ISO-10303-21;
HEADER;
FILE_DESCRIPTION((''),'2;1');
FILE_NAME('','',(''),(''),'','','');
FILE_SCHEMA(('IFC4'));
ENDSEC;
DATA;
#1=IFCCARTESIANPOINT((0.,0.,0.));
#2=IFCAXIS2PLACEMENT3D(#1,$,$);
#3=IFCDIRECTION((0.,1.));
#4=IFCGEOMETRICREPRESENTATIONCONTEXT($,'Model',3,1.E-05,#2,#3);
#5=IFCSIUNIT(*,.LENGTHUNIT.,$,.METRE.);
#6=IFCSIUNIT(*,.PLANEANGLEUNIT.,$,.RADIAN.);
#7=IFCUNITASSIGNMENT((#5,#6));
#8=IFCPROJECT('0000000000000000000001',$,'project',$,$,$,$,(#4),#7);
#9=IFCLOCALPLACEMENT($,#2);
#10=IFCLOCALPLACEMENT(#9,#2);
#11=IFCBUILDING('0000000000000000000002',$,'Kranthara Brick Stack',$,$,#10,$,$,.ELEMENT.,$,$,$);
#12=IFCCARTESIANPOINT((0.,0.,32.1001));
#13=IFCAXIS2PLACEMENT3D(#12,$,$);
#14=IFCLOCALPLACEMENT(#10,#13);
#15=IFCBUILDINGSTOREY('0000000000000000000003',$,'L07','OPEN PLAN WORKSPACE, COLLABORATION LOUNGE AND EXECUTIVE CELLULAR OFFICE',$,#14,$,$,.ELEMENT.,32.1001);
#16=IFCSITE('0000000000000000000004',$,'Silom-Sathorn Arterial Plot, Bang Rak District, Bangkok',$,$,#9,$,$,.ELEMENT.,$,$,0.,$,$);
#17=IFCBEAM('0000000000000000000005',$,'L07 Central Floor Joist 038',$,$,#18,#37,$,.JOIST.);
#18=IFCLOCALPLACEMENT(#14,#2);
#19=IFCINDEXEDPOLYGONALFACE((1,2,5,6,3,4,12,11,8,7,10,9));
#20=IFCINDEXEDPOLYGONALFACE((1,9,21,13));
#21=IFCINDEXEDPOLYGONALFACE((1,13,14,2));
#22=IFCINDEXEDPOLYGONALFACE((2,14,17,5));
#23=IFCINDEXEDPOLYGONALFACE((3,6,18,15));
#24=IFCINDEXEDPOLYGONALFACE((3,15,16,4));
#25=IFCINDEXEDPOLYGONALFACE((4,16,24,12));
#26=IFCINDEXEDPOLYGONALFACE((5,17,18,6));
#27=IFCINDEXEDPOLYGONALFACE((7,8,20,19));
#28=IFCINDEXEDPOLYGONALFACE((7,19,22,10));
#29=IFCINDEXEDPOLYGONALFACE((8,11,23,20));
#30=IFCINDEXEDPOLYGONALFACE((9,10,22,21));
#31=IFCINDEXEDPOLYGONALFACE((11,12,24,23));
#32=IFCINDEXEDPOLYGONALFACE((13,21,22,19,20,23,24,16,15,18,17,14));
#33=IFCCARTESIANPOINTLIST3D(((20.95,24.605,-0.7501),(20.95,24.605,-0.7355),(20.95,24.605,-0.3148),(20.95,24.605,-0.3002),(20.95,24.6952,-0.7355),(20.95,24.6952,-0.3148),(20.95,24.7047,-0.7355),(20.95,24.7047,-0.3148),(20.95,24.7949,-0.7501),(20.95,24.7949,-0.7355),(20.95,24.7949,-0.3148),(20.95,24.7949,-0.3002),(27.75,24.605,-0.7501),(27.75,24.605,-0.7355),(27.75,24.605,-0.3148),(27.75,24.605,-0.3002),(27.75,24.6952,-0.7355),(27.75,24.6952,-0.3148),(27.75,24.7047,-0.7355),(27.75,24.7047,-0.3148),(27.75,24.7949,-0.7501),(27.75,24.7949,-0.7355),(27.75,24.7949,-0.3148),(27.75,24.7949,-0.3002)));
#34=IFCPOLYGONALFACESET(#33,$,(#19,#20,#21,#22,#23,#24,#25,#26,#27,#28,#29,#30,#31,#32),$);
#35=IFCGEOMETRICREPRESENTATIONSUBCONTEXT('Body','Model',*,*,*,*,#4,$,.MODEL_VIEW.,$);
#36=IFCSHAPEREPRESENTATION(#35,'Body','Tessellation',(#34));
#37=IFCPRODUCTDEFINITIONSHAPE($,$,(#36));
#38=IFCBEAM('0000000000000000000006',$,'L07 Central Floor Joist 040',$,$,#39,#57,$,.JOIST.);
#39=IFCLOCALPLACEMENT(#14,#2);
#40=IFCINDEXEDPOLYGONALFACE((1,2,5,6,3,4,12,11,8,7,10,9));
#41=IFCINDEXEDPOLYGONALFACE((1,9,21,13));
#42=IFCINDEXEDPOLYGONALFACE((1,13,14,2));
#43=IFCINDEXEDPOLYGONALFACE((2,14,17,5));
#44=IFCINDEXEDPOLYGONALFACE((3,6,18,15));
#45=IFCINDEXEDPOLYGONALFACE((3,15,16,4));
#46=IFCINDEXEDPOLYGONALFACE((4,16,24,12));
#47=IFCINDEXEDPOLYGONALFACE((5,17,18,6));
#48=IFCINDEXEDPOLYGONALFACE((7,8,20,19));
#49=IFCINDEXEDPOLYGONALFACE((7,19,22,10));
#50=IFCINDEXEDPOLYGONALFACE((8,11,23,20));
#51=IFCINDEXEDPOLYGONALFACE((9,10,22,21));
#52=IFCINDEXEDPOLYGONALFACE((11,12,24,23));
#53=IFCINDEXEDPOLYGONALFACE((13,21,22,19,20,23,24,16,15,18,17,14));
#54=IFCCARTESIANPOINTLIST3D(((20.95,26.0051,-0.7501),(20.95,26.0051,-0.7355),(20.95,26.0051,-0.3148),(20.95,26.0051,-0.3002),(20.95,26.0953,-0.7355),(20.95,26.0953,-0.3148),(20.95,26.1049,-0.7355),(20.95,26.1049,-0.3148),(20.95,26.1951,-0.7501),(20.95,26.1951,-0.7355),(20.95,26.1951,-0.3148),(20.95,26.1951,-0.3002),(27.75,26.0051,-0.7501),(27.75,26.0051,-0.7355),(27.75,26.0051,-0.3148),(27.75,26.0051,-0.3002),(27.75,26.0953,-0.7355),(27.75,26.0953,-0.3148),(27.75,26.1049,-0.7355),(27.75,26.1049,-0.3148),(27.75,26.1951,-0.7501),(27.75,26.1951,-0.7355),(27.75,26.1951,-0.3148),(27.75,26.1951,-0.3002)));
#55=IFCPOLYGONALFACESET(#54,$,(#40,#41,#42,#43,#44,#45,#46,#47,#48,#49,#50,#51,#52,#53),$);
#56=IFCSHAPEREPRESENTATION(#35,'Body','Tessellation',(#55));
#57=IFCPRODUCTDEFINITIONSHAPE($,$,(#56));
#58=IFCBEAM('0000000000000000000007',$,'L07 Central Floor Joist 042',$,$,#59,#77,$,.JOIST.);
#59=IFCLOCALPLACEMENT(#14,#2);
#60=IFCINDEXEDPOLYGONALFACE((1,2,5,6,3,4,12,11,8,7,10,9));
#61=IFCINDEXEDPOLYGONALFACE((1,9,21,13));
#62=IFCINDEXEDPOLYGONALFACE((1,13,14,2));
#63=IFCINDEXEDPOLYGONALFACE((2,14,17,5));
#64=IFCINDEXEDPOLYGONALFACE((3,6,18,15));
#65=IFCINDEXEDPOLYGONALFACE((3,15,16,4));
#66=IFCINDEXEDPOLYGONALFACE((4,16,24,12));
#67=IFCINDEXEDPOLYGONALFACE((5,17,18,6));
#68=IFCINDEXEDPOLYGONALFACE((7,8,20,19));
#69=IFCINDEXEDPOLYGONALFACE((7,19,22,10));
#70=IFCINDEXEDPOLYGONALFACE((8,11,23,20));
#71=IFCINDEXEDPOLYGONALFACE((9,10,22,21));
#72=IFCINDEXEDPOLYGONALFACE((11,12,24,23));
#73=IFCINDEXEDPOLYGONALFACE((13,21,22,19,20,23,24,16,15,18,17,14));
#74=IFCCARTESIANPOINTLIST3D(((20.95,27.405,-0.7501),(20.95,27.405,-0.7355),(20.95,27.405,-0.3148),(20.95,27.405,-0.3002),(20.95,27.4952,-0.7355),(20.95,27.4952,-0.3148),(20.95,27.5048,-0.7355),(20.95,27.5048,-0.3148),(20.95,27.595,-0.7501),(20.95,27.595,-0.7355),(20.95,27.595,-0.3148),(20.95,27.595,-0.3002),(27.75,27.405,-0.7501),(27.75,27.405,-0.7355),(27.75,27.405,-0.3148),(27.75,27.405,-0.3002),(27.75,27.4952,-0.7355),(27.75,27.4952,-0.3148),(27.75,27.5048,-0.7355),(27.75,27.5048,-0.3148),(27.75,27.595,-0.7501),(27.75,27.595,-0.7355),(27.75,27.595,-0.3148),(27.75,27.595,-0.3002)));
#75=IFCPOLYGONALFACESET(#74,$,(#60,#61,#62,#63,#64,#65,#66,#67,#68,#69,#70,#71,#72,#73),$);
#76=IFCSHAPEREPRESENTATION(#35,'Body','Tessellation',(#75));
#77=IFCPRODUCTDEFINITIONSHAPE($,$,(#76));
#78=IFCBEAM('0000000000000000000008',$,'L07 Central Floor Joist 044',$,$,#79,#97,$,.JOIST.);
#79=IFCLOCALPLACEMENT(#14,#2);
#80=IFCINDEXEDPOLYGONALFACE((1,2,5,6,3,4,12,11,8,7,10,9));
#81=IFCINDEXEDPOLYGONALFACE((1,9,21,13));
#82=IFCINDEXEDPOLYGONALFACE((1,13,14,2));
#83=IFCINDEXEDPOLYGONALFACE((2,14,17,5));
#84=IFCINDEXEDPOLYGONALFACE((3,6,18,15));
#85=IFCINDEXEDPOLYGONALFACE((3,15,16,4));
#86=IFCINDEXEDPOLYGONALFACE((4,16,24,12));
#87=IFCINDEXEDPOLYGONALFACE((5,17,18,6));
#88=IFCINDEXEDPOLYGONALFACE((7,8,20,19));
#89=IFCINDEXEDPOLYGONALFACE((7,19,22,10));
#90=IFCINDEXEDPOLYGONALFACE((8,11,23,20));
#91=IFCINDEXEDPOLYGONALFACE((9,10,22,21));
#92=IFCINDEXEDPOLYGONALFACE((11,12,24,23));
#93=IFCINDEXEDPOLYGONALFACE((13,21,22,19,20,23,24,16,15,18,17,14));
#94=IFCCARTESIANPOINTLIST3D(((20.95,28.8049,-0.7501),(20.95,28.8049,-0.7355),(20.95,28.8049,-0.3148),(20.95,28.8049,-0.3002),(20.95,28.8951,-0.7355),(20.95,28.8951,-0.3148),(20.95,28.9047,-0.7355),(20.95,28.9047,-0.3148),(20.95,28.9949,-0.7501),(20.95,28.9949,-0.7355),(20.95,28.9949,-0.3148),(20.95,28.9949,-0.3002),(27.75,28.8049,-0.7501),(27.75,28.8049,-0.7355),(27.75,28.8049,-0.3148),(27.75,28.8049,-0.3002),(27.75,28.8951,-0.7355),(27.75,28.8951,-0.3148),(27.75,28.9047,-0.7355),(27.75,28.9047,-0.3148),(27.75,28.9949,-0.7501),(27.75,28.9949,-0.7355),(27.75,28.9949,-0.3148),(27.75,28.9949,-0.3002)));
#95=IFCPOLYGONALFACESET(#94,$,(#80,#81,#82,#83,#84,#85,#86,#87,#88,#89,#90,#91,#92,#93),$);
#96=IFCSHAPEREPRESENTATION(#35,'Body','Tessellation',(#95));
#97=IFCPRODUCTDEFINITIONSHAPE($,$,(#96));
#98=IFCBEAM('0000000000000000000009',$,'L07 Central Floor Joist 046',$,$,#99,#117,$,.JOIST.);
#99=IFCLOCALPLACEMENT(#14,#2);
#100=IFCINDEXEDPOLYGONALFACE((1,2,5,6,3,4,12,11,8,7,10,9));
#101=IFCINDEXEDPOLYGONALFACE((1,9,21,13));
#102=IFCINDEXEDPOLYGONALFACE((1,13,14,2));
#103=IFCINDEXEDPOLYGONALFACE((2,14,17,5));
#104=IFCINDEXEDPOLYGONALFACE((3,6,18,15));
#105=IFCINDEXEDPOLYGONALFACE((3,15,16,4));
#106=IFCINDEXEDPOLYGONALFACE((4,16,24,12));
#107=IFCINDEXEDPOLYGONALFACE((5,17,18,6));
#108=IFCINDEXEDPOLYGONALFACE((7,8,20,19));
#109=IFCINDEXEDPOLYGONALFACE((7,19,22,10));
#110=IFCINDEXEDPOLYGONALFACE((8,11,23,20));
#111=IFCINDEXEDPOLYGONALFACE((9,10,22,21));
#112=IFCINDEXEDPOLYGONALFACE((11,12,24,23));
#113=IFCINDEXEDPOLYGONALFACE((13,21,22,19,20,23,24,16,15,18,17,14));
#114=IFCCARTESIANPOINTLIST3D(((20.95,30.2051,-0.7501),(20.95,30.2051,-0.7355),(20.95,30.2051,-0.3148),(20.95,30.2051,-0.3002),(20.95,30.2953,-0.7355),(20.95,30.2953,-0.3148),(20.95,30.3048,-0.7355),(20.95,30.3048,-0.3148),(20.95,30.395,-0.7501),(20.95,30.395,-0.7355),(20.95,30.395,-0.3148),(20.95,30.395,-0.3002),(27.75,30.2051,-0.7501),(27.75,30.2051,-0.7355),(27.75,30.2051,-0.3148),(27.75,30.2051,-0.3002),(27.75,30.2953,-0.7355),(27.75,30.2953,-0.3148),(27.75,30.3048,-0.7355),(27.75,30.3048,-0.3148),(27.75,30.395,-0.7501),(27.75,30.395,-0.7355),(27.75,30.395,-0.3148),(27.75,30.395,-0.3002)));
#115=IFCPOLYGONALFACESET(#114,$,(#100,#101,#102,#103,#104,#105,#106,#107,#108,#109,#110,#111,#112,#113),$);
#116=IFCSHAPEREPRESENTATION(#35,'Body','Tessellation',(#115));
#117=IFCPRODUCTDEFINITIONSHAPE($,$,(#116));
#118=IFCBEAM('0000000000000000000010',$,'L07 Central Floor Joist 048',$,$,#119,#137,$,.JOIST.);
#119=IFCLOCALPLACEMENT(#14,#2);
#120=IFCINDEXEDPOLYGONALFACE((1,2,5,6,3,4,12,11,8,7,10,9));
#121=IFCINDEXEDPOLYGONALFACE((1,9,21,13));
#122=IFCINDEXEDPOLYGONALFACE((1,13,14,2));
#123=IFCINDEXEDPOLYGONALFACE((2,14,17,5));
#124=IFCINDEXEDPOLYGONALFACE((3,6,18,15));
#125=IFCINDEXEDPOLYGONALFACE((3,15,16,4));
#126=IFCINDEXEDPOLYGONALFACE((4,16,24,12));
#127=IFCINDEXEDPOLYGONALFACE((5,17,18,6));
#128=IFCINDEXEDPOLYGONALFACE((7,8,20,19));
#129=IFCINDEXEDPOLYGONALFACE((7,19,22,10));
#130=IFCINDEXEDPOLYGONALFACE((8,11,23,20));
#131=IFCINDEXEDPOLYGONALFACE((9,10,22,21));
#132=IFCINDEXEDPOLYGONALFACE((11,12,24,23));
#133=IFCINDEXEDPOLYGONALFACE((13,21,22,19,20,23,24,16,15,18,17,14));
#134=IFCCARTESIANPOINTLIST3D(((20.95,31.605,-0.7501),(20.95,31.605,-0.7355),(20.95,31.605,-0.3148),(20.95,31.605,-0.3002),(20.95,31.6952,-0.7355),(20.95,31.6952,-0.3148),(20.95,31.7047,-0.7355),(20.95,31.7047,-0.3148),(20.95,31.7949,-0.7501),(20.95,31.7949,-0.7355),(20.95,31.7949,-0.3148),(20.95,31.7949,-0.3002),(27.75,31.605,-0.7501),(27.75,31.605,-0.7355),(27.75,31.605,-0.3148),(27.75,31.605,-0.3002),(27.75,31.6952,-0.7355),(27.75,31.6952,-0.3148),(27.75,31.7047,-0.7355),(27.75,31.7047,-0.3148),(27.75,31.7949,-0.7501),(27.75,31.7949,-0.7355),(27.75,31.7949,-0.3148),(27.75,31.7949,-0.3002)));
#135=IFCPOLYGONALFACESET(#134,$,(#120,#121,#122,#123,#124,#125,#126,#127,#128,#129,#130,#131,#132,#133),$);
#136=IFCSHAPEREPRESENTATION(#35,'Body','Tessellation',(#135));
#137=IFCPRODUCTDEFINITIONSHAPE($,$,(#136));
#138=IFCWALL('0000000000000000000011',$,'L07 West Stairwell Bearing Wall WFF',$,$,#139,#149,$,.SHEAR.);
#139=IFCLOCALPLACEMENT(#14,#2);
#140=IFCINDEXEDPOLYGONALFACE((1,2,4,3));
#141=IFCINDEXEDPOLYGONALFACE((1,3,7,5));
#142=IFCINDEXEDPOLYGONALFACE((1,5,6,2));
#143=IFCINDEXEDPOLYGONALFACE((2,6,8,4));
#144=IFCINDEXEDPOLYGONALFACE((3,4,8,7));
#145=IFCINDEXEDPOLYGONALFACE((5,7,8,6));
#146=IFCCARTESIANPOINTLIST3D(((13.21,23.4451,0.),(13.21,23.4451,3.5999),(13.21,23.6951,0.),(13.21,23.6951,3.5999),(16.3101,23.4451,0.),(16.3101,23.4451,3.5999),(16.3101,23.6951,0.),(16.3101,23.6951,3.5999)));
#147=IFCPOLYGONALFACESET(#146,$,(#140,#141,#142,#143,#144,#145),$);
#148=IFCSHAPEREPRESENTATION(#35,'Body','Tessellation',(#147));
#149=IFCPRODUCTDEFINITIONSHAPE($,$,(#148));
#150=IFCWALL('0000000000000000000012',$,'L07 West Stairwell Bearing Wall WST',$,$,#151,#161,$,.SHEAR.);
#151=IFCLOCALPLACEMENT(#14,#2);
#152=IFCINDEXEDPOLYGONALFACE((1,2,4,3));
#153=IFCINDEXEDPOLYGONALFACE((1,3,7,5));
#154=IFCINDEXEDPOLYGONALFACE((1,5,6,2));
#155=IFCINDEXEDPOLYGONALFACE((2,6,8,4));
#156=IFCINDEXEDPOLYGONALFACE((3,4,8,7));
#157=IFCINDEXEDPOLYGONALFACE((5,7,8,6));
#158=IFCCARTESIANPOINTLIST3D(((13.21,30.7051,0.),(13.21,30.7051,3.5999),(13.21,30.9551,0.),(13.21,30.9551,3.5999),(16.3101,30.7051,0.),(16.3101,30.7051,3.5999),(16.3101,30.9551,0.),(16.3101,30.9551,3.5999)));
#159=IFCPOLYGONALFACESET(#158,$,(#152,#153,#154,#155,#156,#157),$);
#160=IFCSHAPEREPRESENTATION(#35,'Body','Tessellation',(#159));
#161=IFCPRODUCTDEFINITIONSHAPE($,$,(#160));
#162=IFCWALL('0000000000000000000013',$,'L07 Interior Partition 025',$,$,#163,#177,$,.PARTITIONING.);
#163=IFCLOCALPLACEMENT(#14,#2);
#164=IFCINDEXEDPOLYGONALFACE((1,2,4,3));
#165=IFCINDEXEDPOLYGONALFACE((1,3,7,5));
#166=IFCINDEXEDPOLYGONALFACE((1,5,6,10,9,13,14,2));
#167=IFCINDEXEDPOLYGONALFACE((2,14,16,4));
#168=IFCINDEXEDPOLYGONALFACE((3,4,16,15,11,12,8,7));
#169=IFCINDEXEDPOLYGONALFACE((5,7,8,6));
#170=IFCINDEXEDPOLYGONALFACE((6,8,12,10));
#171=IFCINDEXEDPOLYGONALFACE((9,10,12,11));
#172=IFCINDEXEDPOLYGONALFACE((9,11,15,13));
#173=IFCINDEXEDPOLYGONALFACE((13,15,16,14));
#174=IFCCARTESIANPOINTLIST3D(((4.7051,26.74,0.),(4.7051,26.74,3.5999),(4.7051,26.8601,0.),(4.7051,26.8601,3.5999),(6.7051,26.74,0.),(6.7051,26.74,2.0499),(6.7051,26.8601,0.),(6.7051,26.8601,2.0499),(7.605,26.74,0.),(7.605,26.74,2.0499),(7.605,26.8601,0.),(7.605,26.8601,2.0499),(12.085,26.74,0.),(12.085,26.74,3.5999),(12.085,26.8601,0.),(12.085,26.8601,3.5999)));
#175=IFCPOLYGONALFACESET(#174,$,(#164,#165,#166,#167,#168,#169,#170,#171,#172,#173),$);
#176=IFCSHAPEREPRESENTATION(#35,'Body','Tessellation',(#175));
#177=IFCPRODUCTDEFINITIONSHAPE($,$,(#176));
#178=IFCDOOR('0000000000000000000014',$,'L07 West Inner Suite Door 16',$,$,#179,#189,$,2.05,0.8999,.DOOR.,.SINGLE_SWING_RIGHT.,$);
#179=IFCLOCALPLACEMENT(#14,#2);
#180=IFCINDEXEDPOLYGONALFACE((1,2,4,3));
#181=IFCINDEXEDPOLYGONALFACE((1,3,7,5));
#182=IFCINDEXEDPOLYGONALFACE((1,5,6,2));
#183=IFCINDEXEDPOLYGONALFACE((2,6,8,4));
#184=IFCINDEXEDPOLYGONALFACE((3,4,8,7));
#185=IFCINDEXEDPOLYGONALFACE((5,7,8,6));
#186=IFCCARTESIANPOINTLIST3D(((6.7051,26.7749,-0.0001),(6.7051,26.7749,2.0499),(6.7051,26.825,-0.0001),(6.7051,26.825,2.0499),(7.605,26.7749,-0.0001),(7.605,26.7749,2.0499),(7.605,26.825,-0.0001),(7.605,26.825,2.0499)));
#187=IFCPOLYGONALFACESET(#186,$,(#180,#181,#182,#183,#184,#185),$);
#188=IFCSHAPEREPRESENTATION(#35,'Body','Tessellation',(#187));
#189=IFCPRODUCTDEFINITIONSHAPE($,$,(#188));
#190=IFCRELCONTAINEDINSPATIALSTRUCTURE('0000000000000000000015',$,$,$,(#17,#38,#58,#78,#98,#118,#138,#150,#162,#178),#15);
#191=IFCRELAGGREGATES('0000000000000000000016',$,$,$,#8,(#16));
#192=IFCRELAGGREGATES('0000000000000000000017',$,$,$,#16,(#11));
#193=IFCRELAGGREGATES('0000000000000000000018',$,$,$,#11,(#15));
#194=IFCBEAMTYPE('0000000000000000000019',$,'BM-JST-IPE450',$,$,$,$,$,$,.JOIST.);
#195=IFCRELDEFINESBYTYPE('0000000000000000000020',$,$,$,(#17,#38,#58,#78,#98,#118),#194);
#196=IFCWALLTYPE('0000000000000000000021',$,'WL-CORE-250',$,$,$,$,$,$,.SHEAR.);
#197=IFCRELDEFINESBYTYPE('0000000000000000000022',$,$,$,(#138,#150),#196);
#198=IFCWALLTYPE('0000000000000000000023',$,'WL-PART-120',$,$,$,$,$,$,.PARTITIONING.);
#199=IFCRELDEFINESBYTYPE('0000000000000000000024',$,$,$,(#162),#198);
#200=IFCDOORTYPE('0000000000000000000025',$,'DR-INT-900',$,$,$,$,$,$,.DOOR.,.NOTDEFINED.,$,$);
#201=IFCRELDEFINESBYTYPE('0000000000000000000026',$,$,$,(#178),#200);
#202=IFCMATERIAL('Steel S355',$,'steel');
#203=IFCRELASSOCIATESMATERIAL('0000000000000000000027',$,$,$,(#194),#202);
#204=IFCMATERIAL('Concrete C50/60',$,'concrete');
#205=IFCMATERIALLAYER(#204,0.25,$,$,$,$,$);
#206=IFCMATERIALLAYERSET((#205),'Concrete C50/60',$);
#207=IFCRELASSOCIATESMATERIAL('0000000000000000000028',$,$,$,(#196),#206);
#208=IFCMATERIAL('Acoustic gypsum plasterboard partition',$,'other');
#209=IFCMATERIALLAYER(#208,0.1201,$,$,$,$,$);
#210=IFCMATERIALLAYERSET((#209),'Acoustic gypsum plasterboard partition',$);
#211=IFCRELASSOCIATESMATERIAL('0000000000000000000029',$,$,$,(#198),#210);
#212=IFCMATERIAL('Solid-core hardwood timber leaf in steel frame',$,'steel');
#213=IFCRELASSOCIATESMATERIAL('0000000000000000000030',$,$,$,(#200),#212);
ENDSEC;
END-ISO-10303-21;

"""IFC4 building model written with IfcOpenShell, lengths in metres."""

from ifc_helpers import new_model, si_unit, direction, frame, frame_2d, origin, origin_2d, place, context, subcontext, project, spatial, rectangle, i_section, extrude, material, layer, layer_set, material_profile, profile_set, type_object, element, fill, save


model = new_model("IFC4")

# Units and contexts
model_context = context("Model", 3, precision=1e-05, world=origin(), true_north=direction((0.0, 1.0)))
body_context = subcontext(model_context, "Body", "Model", "MODEL_VIEW")
ifc_project = project(units=[si_unit("LENGTHUNIT", "METRE"), si_unit("PLANEANGLEUNIT", "RADIAN")], contexts=[model_context])

# Site, building, storey
site_placement = place(None, origin())
site = spatial("IfcSite", under=ifc_project, at=site_placement, Name="Silom-Sathorn Arterial Plot, Bang Rak District, Bangkok", CompositionType="ELEMENT", RefElevation=0.0)
building_placement = place(site_placement, origin())
building = spatial("IfcBuilding", under=site, at=building_placement, Name="Kranthara Brick Stack", CompositionType="ELEMENT")
storey_placement = place(building_placement, frame((0.0, 0.0, 32.1001)))
storey = spatial("IfcBuildingStorey", under=building, at=storey_placement, Name="L07", Description="OPEN PLAN WORKSPACE, COLLABORATION LOUNGE AND EXECUTIVE CELLULAR OFFICE", CompositionType="ELEMENT", Elevation=32.1001)

# Beams
ifc_material_1 = material(Name="Steel S355", Category="steel")
ifc_material_profile = material_profile(ifc_material_1, i_section(OverallWidth=0.1899, OverallDepth=0.45, WebThickness=0.0095, FlangeThickness=0.0146, at=origin_2d()), Name="IPE 450")
ifc_profile_set = profile_set([ifc_material_profile], Name="Steel S355")
beam_type = type_object("IfcBeamType", Name="BM-JST-IPE450", PredefinedType="JOIST", material=ifc_profile_set)
for number, where, z_axis, x_axis, name in (
    (1, (20.95, 24.7, -0.5251), (1.0, 0.0, 0.0), (0.0, 1.0, 0.0), "L07 Central Floor Joist 038"),
    (2, (20.95, 26.1001, -0.5251), (1.0, 0.0, 0.0), (0.0, 1.0, 0.0), "L07 Central Floor Joist 040"),
    (3, (20.95, 27.5, -0.5251), (1.0, 0.0, 0.0), (0.0, 1.0, 0.0), "L07 Central Floor Joist 042"),
    (4, (20.95, 28.8999, -0.5251), (1.0, 0.0, 0.0), (0.0, 1.0, 0.0), "L07 Central Floor Joist 044"),
    (5, (20.95, 30.3, -0.5251), (1.0, 0.0, 0.0), (0.0, 1.0, 0.0), "L07 Central Floor Joist 046"),
    (6, (20.95, 31.7, -0.5251), (1.0, 0.0, 0.0), (0.0, 1.0, 0.0), "L07 Central Floor Joist 048"),
):
    element("IfcBeam", number, at=place(storey_placement, frame(where, z_axis=z_axis, x_axis=x_axis)), inside=storey, type_object=beam_type, Name=name, PredefinedType="JOIST", context=body_context, shape_type="SweptSolid", body=[
        extrude(i_section(OverallWidth=0.1899, OverallDepth=0.45, WebThickness=0.0095, FlangeThickness=0.0146, at=origin_2d()), origin(), (0.0, 0.0, 1.0), 6.8),
    ])

# Walls
ifc_material_2 = material(Name="Concrete C50/60", Category="concrete")
ifc_layer_1 = layer(ifc_material_2, 0.25)
ifc_layer_set_1 = layer_set([ifc_layer_1], Name="Concrete C50/60")
wall_type_1 = type_object("IfcWallType", Name="WL-CORE-250", PredefinedType="SHEAR", material=ifc_layer_set_1)
for number, where, z_axis, x_axis, name in (
    (7, (13.21, 23.5701, 0.0), (0.0, 0.0, 1.0), (1.0, 0.0, 0.0), "L07 West Stairwell Bearing Wall WFF"),
    (8, (13.21, 30.8301, 0.0), (0.0, 0.0, 1.0), (1.0, 0.0, 0.0), "L07 West Stairwell Bearing Wall WST"),
):
    element("IfcWall", number, at=place(storey_placement, frame(where, z_axis=z_axis, x_axis=x_axis)), inside=storey, type_object=wall_type_1, Name=name, PredefinedType="SHEAR", context=body_context, shape_type="SweptSolid", body=[
        extrude(rectangle(XDim=3.1001, YDim=0.25, at=frame_2d((1.55, 0.0))), origin(), (0.0, 0.0, 1.0), 3.5999),
    ])

# Wall, opening, door
ifc_material_3 = material(Name="Acoustic gypsum plasterboard partition", Category="other")
ifc_layer_2 = layer(ifc_material_3, 0.1201)
ifc_layer_set_2 = layer_set([ifc_layer_2], Name="Acoustic gypsum plasterboard partition")
wall_type_2 = type_object("IfcWallType", Name="WL-PART-120", PredefinedType="PARTITIONING", material=ifc_layer_set_2)
wall_1_placement = place(storey_placement, frame((4.7051, 26.8, 0.0), z_axis=(0.0, 0.0, 1.0), x_axis=(1.0, 0.0, 0.0)))
wall_1 = element("IfcWall", 9, at=wall_1_placement, inside=storey, type_object=wall_type_2, Name="L07 Interior Partition 025", PredefinedType="PARTITIONING", context=body_context, shape_type="SweptSolid", body=[
    extrude(rectangle(XDim=7.3799, YDim=0.1201, at=frame_2d((3.6899, 0.0))), origin(), (0.0, 0.0, 1.0), 3.5999),
])
opening_1_placement = place(wall_1_placement, frame((2.0, 0.0, 0.0)))
opening_1 = element("IfcOpeningElement", 10, at=opening_1_placement, cuts=wall_1, PredefinedType="OPENING", context=body_context, shape_type="SweptSolid", body=[
    extrude(rectangle(XDim=0.8999, YDim=2.05, at=frame_2d((0.45, 1.0249))), frame((0.0, 0.0701, 0.0), z_axis=(0.0, -1.0, 0.0), x_axis=(1.0, 0.0, 0.0)), (0.0, 0.0, 1.0), 0.1401),
])
ifc_material_4 = material(Name="Solid-core hardwood timber leaf in steel frame", Category="steel")
door_type_1 = type_object("IfcDoorType", Name="DR-INT-900", OperationType="NOTDEFINED", PredefinedType="DOOR", material=ifc_material_4)
door_1_placement = place(opening_1_placement, origin())
door_1 = element("IfcDoor", 11, at=door_1_placement, inside=storey, type_object=door_type_1, Name="L07 West Inner Suite Door 16", OperationType="SINGLE_SWING_RIGHT", OverallHeight=2.05, OverallWidth=0.8999, PredefinedType="DOOR", context=body_context, shape_type="SweptSolid", body=[
    extrude(rectangle(XDim=0.8999, YDim=2.05, at=frame_2d((0.45, 1.0249))), frame((0.0, 0.0249, 0.0), z_axis=(0.0, -1.0, 0.0), x_axis=(1.0, 0.0, 0.0)), (0.0, 0.0, 1.0), 0.05),
])
fill(opening_1, door_1)

save(model, "model.ifc")
